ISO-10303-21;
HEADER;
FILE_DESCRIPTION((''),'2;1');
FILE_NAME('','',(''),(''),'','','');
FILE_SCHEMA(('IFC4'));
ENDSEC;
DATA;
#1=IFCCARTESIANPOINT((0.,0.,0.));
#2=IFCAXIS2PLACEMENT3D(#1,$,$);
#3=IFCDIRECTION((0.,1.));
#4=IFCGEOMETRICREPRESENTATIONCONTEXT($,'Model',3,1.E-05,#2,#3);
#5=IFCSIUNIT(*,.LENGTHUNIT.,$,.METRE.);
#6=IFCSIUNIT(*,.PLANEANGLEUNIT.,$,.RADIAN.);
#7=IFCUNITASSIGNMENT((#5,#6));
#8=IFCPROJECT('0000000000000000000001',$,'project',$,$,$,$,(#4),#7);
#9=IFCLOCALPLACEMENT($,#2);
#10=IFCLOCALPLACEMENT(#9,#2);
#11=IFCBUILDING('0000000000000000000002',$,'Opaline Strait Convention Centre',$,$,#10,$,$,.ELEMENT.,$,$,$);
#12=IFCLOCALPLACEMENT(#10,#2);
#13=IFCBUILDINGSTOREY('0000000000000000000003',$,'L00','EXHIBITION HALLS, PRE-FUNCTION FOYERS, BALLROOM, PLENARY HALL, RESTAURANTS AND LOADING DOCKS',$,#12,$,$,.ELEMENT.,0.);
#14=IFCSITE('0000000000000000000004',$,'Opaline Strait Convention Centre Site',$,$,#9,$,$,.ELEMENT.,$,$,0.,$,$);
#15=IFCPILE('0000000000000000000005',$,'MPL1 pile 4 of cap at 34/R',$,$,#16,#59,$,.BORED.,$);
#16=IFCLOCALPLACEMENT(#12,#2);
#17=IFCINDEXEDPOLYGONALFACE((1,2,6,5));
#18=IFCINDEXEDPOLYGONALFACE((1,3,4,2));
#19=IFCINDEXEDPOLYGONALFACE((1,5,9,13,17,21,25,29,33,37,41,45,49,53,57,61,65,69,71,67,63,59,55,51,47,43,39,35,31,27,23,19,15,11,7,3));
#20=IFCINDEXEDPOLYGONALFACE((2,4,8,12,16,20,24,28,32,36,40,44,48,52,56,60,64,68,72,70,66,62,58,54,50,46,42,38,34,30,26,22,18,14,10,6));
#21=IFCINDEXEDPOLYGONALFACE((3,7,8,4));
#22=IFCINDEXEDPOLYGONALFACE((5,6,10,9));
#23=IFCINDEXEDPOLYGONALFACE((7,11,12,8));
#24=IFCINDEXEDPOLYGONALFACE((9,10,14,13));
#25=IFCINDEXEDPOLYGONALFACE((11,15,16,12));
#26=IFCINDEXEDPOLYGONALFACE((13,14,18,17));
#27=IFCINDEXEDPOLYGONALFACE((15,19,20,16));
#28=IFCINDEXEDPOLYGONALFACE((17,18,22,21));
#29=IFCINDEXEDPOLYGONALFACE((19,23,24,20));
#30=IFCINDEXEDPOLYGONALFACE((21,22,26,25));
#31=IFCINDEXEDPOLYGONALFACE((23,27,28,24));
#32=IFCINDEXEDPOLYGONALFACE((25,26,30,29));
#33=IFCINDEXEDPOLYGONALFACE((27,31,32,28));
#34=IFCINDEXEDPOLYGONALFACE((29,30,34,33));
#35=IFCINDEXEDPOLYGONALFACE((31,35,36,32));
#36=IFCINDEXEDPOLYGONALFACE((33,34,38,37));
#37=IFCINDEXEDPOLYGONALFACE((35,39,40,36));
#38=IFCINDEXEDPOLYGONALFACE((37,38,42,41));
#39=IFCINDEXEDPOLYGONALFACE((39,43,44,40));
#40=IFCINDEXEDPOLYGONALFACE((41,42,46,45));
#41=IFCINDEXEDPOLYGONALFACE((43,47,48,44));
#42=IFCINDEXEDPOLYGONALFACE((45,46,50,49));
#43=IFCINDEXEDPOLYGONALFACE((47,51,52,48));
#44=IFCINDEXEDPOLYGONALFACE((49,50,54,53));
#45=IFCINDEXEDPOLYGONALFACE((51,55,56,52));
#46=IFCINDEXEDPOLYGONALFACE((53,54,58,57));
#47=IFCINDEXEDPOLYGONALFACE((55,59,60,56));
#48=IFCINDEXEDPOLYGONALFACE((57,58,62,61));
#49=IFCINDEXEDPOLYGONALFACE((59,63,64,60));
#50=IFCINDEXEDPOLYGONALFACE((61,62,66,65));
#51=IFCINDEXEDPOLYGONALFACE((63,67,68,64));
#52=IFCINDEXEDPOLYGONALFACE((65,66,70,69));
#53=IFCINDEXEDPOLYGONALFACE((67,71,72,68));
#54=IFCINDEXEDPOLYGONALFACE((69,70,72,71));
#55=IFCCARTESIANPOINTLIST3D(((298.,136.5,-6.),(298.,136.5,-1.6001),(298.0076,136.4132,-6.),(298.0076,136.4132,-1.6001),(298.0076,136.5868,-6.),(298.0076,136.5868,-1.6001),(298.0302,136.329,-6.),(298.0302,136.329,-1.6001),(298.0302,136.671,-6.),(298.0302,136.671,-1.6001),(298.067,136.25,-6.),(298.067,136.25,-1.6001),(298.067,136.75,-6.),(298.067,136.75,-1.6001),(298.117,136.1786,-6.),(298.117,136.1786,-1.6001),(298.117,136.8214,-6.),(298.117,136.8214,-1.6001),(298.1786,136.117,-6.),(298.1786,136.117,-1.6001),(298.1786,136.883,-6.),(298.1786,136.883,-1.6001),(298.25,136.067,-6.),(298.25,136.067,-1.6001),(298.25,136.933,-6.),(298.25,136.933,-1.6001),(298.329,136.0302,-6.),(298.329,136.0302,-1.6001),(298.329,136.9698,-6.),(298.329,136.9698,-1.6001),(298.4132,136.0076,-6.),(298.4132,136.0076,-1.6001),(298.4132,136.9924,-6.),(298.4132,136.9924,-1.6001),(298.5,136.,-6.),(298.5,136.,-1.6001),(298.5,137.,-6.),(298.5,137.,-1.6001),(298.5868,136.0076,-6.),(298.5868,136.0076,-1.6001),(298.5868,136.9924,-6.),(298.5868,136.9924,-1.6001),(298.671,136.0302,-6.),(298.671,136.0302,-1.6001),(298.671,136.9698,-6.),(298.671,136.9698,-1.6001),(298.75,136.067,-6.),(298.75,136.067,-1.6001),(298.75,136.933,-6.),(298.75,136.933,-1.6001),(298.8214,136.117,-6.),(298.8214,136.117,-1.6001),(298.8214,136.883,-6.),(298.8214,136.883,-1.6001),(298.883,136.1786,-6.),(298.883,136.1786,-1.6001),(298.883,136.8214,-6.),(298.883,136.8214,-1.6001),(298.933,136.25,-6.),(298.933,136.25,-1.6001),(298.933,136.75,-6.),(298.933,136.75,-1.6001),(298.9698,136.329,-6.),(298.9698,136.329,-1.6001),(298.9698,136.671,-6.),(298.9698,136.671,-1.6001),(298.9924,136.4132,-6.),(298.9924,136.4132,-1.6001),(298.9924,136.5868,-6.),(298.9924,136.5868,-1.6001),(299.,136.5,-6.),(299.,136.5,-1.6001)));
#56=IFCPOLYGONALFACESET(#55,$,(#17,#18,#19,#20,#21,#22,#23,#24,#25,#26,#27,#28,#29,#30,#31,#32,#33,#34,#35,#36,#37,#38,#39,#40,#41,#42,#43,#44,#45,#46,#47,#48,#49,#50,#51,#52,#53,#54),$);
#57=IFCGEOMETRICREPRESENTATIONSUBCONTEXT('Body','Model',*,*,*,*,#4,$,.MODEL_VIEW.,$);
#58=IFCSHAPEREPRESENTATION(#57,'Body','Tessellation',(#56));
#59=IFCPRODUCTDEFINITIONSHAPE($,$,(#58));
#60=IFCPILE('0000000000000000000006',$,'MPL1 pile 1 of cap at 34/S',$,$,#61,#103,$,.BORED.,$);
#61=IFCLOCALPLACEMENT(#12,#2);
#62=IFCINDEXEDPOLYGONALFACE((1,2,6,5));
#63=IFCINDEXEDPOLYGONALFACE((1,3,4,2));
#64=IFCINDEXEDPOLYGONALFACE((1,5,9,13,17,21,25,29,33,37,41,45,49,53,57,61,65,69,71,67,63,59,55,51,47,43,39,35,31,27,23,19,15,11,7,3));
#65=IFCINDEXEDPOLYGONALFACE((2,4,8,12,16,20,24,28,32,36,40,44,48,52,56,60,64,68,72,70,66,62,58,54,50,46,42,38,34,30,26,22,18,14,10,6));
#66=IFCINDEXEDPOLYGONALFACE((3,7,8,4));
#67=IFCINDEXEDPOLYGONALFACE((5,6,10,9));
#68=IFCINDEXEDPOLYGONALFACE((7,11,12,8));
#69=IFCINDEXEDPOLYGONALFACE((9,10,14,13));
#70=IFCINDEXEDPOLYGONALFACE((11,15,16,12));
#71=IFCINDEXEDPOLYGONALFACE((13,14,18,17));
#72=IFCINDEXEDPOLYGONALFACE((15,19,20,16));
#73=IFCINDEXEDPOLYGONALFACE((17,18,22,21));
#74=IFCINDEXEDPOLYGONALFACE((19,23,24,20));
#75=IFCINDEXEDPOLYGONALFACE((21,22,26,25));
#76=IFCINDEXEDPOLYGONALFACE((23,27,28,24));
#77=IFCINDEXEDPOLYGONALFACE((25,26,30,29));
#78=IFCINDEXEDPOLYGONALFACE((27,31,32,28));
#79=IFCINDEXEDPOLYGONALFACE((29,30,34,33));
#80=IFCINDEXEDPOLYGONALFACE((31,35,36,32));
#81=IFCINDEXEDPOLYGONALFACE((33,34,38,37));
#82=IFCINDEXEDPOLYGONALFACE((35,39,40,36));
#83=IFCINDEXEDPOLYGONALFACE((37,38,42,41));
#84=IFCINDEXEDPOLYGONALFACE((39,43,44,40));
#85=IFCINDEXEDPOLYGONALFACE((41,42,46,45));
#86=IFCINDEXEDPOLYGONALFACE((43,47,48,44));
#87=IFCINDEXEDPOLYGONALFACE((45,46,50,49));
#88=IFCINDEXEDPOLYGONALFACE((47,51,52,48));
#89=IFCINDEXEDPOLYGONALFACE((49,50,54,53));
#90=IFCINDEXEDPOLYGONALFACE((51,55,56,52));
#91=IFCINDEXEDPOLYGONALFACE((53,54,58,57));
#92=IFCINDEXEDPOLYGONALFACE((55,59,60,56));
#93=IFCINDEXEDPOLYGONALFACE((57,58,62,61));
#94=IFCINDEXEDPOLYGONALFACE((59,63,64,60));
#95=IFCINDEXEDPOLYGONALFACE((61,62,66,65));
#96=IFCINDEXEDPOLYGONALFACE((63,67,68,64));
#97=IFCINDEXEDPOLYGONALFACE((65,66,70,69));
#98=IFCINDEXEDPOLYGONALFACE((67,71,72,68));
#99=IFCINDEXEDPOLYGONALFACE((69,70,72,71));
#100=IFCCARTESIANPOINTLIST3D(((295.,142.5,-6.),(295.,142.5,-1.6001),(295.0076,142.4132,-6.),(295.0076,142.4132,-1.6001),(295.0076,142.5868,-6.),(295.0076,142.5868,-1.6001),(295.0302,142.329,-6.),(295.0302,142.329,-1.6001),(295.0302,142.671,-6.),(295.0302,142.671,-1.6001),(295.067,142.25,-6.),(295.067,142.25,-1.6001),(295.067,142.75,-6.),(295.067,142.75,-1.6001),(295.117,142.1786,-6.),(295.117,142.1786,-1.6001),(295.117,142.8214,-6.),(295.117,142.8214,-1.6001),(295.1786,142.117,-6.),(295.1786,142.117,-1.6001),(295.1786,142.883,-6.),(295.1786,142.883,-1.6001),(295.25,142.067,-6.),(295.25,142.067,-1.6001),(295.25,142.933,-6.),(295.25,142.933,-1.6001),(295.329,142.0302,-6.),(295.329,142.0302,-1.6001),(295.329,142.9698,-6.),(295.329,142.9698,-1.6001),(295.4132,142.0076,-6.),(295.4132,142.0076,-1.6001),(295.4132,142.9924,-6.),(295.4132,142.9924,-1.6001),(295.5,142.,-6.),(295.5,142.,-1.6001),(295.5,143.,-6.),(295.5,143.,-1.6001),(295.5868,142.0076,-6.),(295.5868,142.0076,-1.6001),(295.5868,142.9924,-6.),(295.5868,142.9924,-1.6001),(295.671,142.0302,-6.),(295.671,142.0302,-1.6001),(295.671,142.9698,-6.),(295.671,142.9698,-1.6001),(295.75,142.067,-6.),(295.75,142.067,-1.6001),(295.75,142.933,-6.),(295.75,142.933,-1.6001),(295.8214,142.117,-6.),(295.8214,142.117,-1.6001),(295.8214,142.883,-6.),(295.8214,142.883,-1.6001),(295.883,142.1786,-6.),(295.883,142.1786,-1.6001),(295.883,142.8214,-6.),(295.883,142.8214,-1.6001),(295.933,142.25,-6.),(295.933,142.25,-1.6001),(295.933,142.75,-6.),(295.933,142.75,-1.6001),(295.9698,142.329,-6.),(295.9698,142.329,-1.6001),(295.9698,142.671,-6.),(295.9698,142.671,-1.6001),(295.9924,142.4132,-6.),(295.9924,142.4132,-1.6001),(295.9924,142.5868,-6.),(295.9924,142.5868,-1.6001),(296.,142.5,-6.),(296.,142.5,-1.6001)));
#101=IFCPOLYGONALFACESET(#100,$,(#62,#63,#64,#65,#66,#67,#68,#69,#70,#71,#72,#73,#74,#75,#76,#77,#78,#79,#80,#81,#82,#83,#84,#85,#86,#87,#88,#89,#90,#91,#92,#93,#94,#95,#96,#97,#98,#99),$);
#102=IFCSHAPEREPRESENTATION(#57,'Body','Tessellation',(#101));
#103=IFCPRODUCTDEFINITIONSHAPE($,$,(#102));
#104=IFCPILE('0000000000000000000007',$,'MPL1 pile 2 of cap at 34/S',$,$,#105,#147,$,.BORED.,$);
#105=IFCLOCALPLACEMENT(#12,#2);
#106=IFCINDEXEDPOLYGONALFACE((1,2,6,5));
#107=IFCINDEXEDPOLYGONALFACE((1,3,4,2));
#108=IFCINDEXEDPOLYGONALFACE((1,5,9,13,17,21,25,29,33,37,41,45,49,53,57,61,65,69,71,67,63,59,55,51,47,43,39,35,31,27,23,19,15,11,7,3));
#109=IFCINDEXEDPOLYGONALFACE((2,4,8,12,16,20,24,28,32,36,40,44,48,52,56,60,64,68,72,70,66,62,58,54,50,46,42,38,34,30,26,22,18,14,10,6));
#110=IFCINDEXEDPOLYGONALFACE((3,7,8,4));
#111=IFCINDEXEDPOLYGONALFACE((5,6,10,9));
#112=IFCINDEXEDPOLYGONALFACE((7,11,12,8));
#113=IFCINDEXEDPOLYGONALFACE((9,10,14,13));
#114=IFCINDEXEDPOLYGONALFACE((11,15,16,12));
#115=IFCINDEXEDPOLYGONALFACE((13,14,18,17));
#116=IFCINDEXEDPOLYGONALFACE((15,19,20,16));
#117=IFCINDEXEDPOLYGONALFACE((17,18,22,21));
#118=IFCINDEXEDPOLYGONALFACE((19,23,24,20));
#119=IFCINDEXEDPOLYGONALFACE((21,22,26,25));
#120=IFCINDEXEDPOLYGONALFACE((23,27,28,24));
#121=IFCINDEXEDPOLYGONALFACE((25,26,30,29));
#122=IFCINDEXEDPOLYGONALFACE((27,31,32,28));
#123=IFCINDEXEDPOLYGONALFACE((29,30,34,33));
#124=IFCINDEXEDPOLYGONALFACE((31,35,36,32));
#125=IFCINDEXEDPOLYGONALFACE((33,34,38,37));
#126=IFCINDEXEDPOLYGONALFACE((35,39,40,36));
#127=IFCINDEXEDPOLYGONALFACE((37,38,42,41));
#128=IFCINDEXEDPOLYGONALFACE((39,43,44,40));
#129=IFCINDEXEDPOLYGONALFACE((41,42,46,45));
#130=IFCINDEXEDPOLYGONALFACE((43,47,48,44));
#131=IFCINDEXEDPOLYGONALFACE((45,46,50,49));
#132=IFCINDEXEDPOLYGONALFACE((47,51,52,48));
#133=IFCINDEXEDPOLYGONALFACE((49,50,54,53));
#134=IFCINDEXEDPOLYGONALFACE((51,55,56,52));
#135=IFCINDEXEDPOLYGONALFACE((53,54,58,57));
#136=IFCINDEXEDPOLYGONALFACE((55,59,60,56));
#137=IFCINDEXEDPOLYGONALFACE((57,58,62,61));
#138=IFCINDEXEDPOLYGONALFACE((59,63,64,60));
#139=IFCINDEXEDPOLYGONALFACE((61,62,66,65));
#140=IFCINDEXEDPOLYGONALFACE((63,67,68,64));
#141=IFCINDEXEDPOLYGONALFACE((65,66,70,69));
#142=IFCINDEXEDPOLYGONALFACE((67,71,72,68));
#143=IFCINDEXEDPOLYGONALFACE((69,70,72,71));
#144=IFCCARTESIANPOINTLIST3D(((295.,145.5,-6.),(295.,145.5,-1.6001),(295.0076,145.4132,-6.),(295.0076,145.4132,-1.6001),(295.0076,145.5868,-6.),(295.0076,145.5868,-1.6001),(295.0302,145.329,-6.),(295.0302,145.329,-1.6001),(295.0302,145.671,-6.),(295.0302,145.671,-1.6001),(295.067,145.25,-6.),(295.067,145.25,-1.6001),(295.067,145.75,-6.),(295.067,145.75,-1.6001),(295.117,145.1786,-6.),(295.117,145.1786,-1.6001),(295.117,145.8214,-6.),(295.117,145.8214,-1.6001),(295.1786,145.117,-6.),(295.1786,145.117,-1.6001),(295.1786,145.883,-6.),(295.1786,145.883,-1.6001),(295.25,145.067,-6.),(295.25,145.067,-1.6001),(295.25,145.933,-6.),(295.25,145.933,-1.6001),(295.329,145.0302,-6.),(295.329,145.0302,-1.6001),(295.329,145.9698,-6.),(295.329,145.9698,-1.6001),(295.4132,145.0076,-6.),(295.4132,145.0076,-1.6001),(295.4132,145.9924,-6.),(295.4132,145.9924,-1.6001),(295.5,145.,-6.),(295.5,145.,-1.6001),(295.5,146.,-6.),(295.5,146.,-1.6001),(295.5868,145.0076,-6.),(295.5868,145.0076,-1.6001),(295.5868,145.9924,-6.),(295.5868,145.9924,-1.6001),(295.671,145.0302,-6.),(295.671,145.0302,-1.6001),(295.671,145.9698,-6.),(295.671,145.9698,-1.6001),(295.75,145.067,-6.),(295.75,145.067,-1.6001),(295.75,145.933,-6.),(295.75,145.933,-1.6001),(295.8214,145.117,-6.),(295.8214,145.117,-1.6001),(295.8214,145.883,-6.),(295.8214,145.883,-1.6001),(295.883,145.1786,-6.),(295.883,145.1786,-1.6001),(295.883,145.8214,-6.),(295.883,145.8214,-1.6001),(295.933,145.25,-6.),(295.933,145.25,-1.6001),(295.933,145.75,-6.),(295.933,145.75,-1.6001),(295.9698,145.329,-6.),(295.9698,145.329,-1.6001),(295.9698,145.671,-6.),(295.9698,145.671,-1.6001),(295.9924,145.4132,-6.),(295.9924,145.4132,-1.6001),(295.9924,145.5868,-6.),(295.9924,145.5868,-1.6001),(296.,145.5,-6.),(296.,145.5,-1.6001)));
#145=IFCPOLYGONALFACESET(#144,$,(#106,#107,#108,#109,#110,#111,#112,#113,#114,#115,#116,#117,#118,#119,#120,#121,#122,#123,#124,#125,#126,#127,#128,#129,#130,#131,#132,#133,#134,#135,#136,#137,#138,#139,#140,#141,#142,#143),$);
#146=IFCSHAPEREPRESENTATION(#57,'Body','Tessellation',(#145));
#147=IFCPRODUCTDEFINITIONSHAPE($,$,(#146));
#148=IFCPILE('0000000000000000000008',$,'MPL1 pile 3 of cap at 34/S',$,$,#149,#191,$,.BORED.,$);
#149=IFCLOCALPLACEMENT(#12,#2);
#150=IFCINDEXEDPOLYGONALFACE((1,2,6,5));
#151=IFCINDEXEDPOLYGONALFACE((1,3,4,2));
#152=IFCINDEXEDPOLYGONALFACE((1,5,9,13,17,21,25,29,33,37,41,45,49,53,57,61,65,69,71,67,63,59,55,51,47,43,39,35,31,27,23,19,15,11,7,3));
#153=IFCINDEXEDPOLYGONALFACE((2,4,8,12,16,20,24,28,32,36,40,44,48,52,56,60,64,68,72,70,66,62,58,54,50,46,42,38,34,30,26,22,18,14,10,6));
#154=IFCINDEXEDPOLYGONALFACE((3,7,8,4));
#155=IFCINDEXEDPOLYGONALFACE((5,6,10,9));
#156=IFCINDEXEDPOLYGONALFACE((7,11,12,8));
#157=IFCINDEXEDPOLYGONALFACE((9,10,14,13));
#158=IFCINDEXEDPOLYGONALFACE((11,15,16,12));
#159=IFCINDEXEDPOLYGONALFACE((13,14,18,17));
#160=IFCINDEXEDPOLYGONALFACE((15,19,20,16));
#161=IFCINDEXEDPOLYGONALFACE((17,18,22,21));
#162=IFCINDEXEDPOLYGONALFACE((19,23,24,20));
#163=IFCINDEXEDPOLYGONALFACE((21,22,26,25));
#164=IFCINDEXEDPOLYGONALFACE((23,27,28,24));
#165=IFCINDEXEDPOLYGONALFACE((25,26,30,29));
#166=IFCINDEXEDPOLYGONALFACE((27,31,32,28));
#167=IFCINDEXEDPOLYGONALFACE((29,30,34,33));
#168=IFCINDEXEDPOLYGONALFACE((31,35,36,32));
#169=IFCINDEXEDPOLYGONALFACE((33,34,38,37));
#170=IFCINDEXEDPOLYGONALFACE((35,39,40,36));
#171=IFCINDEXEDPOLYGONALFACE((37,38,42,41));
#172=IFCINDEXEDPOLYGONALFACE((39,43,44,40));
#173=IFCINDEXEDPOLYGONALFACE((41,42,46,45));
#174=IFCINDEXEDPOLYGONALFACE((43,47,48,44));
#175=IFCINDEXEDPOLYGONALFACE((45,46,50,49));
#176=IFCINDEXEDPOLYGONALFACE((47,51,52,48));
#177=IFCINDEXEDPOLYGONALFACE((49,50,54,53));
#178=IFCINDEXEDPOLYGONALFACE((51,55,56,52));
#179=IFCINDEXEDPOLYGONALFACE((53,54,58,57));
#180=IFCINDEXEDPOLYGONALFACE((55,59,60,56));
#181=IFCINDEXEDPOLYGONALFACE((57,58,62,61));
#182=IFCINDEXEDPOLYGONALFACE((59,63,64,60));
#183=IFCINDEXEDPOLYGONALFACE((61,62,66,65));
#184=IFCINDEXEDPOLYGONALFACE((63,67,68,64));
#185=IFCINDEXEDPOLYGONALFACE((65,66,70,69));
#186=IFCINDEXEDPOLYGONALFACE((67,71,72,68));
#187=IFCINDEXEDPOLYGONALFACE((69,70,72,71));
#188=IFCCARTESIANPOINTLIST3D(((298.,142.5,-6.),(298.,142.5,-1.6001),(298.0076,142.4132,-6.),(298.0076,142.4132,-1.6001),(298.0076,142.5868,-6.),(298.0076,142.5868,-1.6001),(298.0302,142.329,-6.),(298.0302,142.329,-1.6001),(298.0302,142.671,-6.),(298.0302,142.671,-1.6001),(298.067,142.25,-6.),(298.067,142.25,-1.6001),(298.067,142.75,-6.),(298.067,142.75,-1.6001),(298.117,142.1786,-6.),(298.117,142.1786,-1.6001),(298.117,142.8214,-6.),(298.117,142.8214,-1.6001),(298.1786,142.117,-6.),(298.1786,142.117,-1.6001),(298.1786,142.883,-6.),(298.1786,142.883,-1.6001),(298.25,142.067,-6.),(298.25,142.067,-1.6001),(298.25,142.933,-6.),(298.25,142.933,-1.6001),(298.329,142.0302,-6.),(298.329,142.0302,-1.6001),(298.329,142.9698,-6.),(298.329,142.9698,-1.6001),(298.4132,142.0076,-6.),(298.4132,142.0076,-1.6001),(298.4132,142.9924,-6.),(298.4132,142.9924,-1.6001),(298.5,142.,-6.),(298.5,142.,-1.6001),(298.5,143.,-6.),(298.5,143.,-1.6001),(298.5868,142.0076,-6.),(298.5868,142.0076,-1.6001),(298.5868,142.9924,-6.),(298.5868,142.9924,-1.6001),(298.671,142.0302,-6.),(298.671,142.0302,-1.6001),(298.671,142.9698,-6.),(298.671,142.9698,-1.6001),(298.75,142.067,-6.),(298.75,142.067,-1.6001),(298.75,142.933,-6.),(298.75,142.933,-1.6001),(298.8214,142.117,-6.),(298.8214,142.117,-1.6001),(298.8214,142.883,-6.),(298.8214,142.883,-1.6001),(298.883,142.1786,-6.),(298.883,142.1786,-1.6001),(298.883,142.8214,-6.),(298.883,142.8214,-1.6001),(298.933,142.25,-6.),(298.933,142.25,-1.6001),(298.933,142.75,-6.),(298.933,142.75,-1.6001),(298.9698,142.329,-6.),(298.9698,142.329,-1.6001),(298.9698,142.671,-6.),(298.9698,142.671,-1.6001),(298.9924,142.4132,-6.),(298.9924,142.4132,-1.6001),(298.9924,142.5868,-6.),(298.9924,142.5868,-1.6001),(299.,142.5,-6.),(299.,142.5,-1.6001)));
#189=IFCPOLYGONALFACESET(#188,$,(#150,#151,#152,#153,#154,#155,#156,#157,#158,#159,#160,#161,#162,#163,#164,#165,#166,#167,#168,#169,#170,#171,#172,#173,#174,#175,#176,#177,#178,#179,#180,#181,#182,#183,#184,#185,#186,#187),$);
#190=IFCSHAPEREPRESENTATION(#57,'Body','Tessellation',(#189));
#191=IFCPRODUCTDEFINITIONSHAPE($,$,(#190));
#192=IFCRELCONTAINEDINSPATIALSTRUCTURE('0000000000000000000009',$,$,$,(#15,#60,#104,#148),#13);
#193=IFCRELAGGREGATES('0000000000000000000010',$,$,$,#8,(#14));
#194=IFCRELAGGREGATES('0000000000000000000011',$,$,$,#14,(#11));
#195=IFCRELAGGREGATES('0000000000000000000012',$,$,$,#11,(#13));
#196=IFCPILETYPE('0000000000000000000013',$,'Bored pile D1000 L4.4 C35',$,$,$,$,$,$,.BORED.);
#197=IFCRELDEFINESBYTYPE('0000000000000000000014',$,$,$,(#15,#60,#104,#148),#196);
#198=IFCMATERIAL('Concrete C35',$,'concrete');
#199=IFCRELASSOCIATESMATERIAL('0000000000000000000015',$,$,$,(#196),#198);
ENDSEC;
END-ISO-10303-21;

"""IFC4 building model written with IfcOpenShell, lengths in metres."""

from ifc_helpers import new_model, si_unit, direction, frame, origin, origin_2d, place, context, subcontext, project, spatial, circle, extrude, material, material_profile, profile_set, type_object, element, save


model = new_model("IFC4")

# Units and contexts
model_context = context("Model", 3, precision=1e-05, world=origin(), true_north=direction((0.0, 1.0)))
body_context = subcontext(model_context, "Body", "Model", "MODEL_VIEW")
ifc_project = project(units=[si_unit("LENGTHUNIT", "METRE"), si_unit("PLANEANGLEUNIT", "RADIAN")], contexts=[model_context])

# Site, building, storey
site_placement = place(None, origin())
site = spatial("IfcSite", under=ifc_project, at=site_placement, Name="Opaline Strait Convention Centre Site", CompositionType="ELEMENT", RefElevation=0.0)
building_placement = place(site_placement, origin())
building = spatial("IfcBuilding", under=site, at=building_placement, Name="Opaline Strait Convention Centre", CompositionType="ELEMENT")
storey_placement = place(building_placement, origin())
storey = spatial("IfcBuildingStorey", under=building, at=storey_placement, Name="L00", Description="EXHIBITION HALLS, PRE-FUNCTION FOYERS, BALLROOM, PLENARY HALL, RESTAURANTS AND LOADING DOCKS", CompositionType="ELEMENT", Elevation=0.0)

# Piles
ifc_material_1 = material(Name="Concrete C35", Category="concrete")
ifc_material_profile_1 = material_profile(ifc_material_1, circle(Radius=0.5, at=origin_2d()), Name="D1000")
ifc_profile_set_1 = profile_set([ifc_material_profile_1], Name="Concrete C35")
pile_type = type_object("IfcPileType", Name="Bored pile D1000 L4.4 C35", PredefinedType="BORED", material=ifc_profile_set_1)
for number, where, z_axis, x_axis, name in (
    (1, (298.5, 136.5, -1.6001), (0.0, 0.0, -1.0), (1.0, 0.0, 0.0), "MPL1 pile 4 of cap at 34/R"),
    (2, (295.5, 142.5, -1.6001), (0.0, 0.0, -1.0), (1.0, 0.0, 0.0), "MPL1 pile 1 of cap at 34/S"),
    (3, (295.5, 145.5, -1.6001), (0.0, 0.0, -1.0), (1.0, 0.0, 0.0), "MPL1 pile 2 of cap at 34/S"),
    (4, (298.5, 142.5, -1.6001), (0.0, 0.0, -1.0), (1.0, 0.0, 0.0), "MPL1 pile 3 of cap at 34/S"),
):
    element("IfcPile", number, at=place(storey_placement, frame(where, z_axis=z_axis, x_axis=x_axis)), inside=storey, type_object=pile_type, Name=name, PredefinedType="BORED", context=body_context, shape_type="SweptSolid", body=[
        extrude(circle(Radius=0.5, at=origin_2d()), origin(), (0.0, 0.0, 1.0), 4.3999),
    ])

save(model, "model.ifc")
